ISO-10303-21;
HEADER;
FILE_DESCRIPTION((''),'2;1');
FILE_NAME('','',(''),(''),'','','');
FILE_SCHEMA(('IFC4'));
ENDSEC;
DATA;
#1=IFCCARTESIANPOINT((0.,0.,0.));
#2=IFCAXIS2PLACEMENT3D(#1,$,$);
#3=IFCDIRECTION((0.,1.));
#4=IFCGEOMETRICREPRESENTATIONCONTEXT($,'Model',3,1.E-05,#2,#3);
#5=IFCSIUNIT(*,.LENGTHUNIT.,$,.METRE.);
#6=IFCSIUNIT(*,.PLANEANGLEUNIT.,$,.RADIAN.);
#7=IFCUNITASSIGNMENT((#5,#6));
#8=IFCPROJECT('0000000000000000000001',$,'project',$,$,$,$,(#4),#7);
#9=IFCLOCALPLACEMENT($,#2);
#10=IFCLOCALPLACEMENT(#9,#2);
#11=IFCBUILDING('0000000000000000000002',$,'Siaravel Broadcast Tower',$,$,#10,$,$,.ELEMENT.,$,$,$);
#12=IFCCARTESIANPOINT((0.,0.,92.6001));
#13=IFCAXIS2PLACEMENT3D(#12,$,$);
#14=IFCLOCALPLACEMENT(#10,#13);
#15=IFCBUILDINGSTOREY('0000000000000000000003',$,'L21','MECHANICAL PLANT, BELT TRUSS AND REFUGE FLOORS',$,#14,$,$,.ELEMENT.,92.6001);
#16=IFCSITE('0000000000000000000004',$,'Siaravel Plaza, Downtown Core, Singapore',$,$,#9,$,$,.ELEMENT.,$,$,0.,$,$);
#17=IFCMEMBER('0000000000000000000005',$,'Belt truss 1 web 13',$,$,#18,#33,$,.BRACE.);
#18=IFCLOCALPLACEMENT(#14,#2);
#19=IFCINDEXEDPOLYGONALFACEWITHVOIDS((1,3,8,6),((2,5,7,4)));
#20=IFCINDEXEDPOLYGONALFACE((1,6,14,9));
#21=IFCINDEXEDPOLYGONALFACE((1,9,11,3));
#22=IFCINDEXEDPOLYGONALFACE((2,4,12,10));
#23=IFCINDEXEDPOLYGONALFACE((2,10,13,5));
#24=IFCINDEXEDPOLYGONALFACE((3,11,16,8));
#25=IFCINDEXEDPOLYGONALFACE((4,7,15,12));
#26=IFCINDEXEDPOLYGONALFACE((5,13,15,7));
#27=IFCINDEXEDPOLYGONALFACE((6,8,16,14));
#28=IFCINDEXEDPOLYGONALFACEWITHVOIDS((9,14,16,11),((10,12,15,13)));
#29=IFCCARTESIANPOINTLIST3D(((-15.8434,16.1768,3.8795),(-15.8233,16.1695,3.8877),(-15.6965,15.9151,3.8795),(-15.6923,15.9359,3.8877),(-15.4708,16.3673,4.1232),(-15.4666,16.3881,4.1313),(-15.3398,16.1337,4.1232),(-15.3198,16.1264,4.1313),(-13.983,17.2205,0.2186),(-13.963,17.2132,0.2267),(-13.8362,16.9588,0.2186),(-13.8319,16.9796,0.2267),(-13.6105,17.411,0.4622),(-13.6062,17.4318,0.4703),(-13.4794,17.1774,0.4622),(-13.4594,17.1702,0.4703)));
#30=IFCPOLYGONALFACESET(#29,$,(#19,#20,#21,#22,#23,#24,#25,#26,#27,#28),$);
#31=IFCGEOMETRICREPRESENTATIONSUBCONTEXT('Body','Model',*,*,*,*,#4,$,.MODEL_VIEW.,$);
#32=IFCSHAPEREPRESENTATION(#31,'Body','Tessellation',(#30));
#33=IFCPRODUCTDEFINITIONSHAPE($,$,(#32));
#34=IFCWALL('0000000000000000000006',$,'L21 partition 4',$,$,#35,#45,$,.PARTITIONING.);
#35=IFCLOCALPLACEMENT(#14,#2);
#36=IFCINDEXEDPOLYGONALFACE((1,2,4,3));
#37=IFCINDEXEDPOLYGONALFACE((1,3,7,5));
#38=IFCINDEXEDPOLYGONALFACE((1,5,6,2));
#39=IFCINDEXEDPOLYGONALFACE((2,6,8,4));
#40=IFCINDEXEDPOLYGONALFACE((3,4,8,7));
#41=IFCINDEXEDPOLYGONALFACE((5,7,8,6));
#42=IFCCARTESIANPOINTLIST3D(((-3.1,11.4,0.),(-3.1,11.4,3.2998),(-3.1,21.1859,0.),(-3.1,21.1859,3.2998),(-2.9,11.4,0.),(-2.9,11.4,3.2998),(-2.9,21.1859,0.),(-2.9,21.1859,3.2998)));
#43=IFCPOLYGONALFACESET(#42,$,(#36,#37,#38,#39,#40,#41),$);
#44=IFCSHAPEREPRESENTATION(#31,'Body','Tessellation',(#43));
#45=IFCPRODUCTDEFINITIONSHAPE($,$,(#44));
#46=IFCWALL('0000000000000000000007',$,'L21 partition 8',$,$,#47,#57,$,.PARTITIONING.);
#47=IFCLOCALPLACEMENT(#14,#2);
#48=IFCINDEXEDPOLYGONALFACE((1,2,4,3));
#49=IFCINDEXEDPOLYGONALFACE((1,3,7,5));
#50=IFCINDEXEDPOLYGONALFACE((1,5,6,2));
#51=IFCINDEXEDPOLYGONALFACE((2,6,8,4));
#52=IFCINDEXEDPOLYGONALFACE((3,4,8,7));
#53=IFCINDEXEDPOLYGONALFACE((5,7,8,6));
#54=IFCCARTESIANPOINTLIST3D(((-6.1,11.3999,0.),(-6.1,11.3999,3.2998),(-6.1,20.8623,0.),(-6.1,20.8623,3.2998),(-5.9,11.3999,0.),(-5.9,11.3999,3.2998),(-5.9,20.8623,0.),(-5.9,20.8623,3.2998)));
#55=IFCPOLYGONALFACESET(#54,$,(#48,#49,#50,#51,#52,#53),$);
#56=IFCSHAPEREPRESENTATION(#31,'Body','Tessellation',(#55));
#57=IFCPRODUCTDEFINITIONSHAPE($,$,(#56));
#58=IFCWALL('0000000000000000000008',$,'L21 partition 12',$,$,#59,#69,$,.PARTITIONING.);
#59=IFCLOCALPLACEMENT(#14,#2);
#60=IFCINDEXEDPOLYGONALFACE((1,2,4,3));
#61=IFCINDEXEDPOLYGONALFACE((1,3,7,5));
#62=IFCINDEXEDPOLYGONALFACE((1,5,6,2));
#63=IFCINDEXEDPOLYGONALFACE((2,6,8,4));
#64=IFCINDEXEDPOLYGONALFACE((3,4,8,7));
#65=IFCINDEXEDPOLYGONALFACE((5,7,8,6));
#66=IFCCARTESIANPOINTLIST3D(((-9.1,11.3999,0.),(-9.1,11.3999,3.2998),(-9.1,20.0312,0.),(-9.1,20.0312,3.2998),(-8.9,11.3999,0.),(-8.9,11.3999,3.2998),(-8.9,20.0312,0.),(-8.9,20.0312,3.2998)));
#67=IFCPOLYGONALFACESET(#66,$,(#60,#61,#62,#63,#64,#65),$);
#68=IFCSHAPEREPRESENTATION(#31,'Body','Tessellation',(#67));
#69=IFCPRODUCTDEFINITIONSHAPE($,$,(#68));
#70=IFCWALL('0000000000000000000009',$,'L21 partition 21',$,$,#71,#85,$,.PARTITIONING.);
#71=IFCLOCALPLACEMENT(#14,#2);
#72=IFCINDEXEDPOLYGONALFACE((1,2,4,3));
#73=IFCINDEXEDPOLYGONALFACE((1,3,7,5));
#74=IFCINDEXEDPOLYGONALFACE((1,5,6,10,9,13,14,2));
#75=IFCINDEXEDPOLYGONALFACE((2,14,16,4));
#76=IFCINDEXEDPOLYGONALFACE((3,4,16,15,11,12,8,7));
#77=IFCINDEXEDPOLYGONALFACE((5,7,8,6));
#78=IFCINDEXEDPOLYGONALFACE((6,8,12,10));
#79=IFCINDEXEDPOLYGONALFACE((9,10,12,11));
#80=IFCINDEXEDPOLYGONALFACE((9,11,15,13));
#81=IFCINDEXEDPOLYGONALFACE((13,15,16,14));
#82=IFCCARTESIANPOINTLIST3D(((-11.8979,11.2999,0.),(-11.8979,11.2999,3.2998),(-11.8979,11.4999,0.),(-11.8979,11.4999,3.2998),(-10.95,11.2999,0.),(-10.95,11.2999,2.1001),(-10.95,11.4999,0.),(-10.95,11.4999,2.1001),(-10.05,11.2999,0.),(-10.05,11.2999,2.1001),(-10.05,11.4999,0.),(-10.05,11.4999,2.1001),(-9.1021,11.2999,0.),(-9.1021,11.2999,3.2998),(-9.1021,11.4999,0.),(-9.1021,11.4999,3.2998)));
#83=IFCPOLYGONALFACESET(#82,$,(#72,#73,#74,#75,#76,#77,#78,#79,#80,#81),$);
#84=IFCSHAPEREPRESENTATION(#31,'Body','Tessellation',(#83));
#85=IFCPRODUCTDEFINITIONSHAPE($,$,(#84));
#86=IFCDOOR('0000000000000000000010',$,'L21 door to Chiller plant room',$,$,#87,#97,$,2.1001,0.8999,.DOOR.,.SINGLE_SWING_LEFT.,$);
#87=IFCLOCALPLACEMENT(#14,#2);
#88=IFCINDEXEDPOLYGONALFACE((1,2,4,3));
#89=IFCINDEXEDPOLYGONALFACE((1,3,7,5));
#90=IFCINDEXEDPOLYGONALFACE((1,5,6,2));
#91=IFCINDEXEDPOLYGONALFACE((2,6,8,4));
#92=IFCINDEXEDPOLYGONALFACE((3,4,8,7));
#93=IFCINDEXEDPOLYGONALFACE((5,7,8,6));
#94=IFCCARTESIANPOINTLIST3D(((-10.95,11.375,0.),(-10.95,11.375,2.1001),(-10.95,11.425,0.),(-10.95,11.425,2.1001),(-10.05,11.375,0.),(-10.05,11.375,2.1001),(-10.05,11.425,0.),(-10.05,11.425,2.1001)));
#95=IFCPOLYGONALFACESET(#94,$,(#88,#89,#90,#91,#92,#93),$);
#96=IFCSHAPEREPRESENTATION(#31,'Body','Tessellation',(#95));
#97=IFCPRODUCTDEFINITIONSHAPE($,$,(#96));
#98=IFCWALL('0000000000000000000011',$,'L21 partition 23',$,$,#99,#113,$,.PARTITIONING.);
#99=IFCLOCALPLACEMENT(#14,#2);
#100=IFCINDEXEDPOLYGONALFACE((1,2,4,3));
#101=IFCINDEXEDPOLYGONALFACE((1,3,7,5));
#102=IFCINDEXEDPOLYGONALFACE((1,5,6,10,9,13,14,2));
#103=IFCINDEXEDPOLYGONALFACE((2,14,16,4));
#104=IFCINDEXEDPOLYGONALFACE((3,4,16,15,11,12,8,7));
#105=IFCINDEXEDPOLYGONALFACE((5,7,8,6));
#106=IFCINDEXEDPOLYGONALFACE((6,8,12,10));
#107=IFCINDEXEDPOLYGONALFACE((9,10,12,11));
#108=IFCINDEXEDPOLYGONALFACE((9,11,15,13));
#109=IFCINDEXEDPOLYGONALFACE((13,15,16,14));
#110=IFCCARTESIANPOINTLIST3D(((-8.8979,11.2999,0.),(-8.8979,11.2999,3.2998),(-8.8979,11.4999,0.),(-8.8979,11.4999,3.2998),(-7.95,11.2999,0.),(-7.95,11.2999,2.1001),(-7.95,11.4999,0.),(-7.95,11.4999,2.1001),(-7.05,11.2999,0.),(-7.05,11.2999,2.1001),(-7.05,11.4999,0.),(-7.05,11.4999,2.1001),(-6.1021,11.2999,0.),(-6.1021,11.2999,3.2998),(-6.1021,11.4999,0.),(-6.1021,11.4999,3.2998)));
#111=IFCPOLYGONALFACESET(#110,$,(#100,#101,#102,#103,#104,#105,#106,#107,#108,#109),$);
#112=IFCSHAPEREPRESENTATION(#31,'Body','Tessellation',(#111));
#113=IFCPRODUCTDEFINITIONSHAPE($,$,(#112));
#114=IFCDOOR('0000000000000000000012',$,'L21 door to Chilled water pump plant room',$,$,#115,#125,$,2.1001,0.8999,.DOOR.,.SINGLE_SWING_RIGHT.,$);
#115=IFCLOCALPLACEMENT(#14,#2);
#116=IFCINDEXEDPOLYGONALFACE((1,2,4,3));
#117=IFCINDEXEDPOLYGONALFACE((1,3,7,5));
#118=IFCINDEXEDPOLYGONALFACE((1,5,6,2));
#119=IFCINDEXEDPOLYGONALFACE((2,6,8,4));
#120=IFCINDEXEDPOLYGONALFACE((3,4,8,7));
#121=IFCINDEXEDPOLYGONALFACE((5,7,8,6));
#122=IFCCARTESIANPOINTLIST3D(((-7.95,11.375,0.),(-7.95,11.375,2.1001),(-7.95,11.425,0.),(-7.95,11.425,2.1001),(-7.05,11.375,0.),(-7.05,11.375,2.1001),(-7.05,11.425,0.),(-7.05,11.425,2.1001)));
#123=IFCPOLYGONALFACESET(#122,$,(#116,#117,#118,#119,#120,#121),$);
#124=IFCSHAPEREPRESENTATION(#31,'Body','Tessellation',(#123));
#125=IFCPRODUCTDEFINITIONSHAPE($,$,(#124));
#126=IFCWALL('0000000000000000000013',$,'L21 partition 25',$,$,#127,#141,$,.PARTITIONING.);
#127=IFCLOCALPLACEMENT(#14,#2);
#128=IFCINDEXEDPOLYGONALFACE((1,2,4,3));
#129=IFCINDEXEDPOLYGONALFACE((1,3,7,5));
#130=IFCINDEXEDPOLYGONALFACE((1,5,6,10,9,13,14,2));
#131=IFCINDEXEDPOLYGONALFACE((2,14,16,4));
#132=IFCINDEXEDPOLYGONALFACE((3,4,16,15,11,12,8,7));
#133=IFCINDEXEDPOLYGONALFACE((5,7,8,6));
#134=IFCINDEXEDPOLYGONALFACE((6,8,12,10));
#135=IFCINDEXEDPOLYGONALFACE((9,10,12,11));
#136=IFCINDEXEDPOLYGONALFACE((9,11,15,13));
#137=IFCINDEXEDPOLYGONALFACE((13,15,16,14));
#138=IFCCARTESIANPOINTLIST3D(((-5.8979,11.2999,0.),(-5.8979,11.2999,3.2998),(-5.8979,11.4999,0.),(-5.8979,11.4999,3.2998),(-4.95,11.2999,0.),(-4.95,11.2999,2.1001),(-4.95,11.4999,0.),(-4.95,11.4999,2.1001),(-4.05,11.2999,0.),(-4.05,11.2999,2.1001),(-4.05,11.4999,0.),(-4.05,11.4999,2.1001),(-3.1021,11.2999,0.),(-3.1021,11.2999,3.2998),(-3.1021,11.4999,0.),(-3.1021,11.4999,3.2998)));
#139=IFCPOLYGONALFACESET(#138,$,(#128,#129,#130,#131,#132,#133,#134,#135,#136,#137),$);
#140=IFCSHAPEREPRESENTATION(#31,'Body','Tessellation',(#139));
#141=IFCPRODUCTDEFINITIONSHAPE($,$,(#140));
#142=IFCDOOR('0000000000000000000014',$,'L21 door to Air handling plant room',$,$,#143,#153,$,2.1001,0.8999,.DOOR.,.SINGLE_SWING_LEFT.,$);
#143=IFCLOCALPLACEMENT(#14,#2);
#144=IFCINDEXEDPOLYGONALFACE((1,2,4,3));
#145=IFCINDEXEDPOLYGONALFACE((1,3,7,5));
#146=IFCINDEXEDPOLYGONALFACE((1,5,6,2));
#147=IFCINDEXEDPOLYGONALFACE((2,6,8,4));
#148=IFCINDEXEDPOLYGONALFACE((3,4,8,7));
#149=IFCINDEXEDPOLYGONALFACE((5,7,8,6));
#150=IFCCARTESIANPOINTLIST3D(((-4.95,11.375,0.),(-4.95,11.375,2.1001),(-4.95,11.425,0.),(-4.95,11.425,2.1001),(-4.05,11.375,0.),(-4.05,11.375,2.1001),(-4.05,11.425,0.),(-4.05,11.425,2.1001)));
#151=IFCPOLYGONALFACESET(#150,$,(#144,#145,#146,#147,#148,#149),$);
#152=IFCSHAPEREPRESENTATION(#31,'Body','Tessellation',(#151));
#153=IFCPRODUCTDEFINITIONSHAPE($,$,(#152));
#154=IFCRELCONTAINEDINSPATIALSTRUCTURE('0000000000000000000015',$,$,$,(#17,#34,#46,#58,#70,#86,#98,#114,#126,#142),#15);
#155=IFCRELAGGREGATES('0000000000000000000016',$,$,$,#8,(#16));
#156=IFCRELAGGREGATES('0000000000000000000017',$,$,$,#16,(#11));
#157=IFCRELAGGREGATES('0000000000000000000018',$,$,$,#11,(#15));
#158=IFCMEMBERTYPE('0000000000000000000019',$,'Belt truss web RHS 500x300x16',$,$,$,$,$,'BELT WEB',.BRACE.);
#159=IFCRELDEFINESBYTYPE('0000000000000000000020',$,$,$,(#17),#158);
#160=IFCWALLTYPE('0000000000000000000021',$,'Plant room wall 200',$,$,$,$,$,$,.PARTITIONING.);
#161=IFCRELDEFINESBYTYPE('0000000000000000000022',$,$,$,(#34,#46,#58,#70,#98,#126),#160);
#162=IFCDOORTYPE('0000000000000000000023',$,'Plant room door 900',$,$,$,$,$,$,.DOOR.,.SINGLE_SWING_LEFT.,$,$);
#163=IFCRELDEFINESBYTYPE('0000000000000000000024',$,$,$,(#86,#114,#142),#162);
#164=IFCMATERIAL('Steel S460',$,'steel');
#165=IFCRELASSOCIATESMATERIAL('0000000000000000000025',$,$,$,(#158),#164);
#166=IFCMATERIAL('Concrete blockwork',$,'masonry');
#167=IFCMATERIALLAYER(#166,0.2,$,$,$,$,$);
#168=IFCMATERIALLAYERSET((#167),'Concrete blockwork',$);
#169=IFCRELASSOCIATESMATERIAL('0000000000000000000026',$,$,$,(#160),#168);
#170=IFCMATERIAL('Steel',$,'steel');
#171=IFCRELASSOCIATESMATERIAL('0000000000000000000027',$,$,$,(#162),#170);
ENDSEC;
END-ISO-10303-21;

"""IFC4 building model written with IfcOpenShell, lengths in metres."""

from ifc_helpers import new_model, si_unit, direction, frame, frame_2d, origin, origin_2d, place, context, subcontext, project, spatial, rectangle, hollow_rectangle, extrude, material, layer, layer_set, material_profile, profile_set, type_object, element, fill, save


model = new_model("IFC4")

# Units and contexts
model_context = context("Model", 3, precision=1e-05, world=origin(), true_north=direction((0.0, 1.0)))
body_context = subcontext(model_context, "Body", "Model", "MODEL_VIEW")
ifc_project = project(units=[si_unit("LENGTHUNIT", "METRE"), si_unit("PLANEANGLEUNIT", "RADIAN")], contexts=[model_context])

# Site, building, storey
site_placement = place(None, origin())
site = spatial("IfcSite", under=ifc_project, at=site_placement, Name="Siaravel Plaza, Downtown Core, Singapore", CompositionType="ELEMENT", RefElevation=0.0)
building_placement = place(site_placement, origin())
building = spatial("IfcBuilding", under=site, at=building_placement, Name="Siaravel Broadcast Tower", CompositionType="ELEMENT")
storey_placement = place(building_placement, frame((0.0, 0.0, 92.6001)))
storey = spatial("IfcBuildingStorey", under=building, at=storey_placement, Name="L21", Description="MECHANICAL PLANT, BELT TRUSS AND REFUGE FLOORS", CompositionType="ELEMENT", Elevation=92.6001)

# Shared definitions
ifc_material_1 = material(Name="Steel S460", Category="steel")

# Member
ifc_material_profile_1 = material_profile(ifc_material_1, hollow_rectangle(XDim=0.3, YDim=0.5, WallThickness=0.0161, at=origin_2d()))
ifc_profile_set_1 = profile_set([ifc_material_profile_1], Name="Steel S460")
member_type = type_object("IfcMemberType", Name="Belt truss web RHS 500x300x16", ElementType="BELT WEB", PredefinedType="BRACE", material=ifc_profile_set_1)
member_1_placement = place(storey_placement, frame((-13.7212, 17.1953, 0.3445), z_axis=(-0.439071, -0.246329, 0.864025), x_axis=(0.489283, -0.872125, 0.0)))
element("IfcMember", 1, at=member_1_placement, inside=storey, type_object=member_type, Name="Belt truss 1 web 13", PredefinedType="BRACE", context=body_context, shape_type="SweptSolid", body=[
    extrude(hollow_rectangle(XDim=0.3, YDim=0.5, WallThickness=0.0161, at=origin_2d()), origin(), (0.0, 0.0, 1.0), 4.2371),
])

# Walls
ifc_material_2 = material(Name="Concrete blockwork", Category="masonry")
ifc_layer = layer(ifc_material_2, 0.2)
ifc_layer_set = layer_set([ifc_layer], Name="Concrete blockwork")
wall_type = type_object("IfcWallType", Name="Plant room wall 200", PredefinedType="PARTITIONING", material=ifc_layer_set)
wall_1_placement = place(storey_placement, frame((-3.0, 11.3999, 0.0), z_axis=(0.0, 0.0, 1.0), x_axis=(0.0, 1.0, 0.0)))
element("IfcWall", 2, at=wall_1_placement, inside=storey, type_object=wall_type, Name="L21 partition 4", PredefinedType="PARTITIONING", context=body_context, shape_type="SweptSolid", body=[
    extrude(rectangle(XDim=9.7859, YDim=0.2, at=frame_2d((4.8931, 0.0))), origin(), (0.0, 0.0, 1.0), 3.2998),
])
wall_2_placement = place(storey_placement, frame((-6.0, 11.3999, 0.0), z_axis=(0.0, 0.0, 1.0), x_axis=(0.0, 1.0, 0.0)))
element("IfcWall", 3, at=wall_2_placement, inside=storey, type_object=wall_type, Name="L21 partition 8", PredefinedType="PARTITIONING", context=body_context, shape_type="SweptSolid", body=[
    extrude(rectangle(XDim=9.4624, YDim=0.2, at=frame_2d((4.7312, 0.0))), origin(), (0.0, 0.0, 1.0), 3.2998),
])
wall_3_placement = place(storey_placement, frame((-9.0, 11.3999, 0.0), z_axis=(0.0, 0.0, 1.0), x_axis=(0.0, 1.0, 0.0)))
element("IfcWall", 4, at=wall_3_placement, inside=storey, type_object=wall_type, Name="L21 partition 12", PredefinedType="PARTITIONING", context=body_context, shape_type="SweptSolid", body=[
    extrude(rectangle(XDim=8.6313, YDim=0.2, at=frame_2d((4.3157, 0.0))), origin(), (0.0, 0.0, 1.0), 3.2998),
])

# Walls, openings, doors
wall_4_placement = place(storey_placement, frame((-9.1021, 11.3999, 0.0), z_axis=(0.0, 0.0, 1.0), x_axis=(-1.0, 0.0, 0.0)))
wall_4 = element("IfcWall", 5, at=wall_4_placement, inside=storey, type_object=wall_type, Name="L21 partition 21", PredefinedType="PARTITIONING", context=body_context, shape_type="SweptSolid", body=[
    extrude(rectangle(XDim=2.7959, YDim=0.2, at=frame_2d((1.3979, 0.0))), origin(), (0.0, 0.0, 1.0), 3.2998),
])
opening_1_placement = place(wall_4_placement, frame((0.948, 0.0, 0.0)))
opening_1 = element("IfcOpeningElement", 6, at=opening_1_placement, cuts=wall_4, PredefinedType="OPENING", context=body_context, shape_type="SweptSolid", body=[
    extrude(rectangle(XDim=0.8999, YDim=2.1001, at=frame_2d((0.45, 1.05))), frame((0.0, 0.1099, 0.0), z_axis=(0.0, -1.0, 0.0), x_axis=(1.0, 0.0, 0.0)), (0.0, 0.0, 1.0), 0.22),
])
ifc_material_3 = material(Name="Steel", Category="steel")
door_type = type_object("IfcDoorType", Name="Plant room door 900", OperationType="SINGLE_SWING_LEFT", PredefinedType="DOOR", material=ifc_material_3)
door_1_placement = place(opening_1_placement, origin())
door_1 = element("IfcDoor", 7, at=door_1_placement, inside=storey, type_object=door_type, Name="L21 door to Chiller plant room", OperationType="SINGLE_SWING_LEFT", OverallHeight=2.1001, OverallWidth=0.8999, PredefinedType="DOOR", context=body_context, shape_type="SweptSolid", body=[
    extrude(rectangle(XDim=0.8999, YDim=2.1001, at=frame_2d((0.45, 1.05))), frame((0.0, 0.0249, 0.0), z_axis=(0.0, -1.0, 0.0), x_axis=(1.0, 0.0, 0.0)), (0.0, 0.0, 1.0), 0.05),
])
fill(opening_1, door_1)
wall_5_placement = place(storey_placement, frame((-6.1021, 11.3999, 0.0), z_axis=(0.0, 0.0, 1.0), x_axis=(-1.0, 0.0, 0.0)))
wall_5 = element("IfcWall", 8, at=wall_5_placement, inside=storey, type_object=wall_type, Name="L21 partition 23", PredefinedType="PARTITIONING", context=body_context, shape_type="SweptSolid", body=[
    extrude(rectangle(XDim=2.7959, YDim=0.2, at=frame_2d((1.3979, 0.0))), origin(), (0.0, 0.0, 1.0), 3.2998),
])
opening_2_placement = place(wall_5_placement, frame((0.948, 0.0, 0.0)))
opening_2 = element("IfcOpeningElement", 9, at=opening_2_placement, cuts=wall_5, PredefinedType="OPENING", context=body_context, shape_type="SweptSolid", body=[
    extrude(rectangle(XDim=0.8999, YDim=2.1001, at=frame_2d((0.45, 1.05))), frame((0.0, 0.1099, 0.0), z_axis=(0.0, -1.0, 0.0), x_axis=(1.0, 0.0, 0.0)), (0.0, 0.0, 1.0), 0.22),
])
door_2_placement = place(opening_2_placement, origin())
door_2 = element("IfcDoor", 10, at=door_2_placement, inside=storey, type_object=door_type, Name="L21 door to Chilled water pump plant room", OperationType="SINGLE_SWING_RIGHT", OverallHeight=2.1001, OverallWidth=0.8999, PredefinedType="DOOR", context=body_context, shape_type="SweptSolid", body=[
    extrude(rectangle(XDim=0.8999, YDim=2.1001, at=frame_2d((0.45, 1.05))), frame((0.0, 0.0249, 0.0), z_axis=(0.0, -1.0, 0.0), x_axis=(1.0, 0.0, 0.0)), (0.0, 0.0, 1.0), 0.05),
])
fill(opening_2, door_2)
wall_6_placement = place(storey_placement, frame((-3.1021, 11.3999, 0.0), z_axis=(0.0, 0.0, 1.0), x_axis=(-1.0, 0.0, 0.0)))
wall_6 = element("IfcWall", 11, at=wall_6_placement, inside=storey, type_object=wall_type, Name="L21 partition 25", PredefinedType="PARTITIONING", context=body_context, shape_type="SweptSolid", body=[
    extrude(rectangle(XDim=2.7959, YDim=0.2, at=frame_2d((1.3979, 0.0))), origin(), (0.0, 0.0, 1.0), 3.2998),
])
opening_3_placement = place(wall_6_placement, frame((0.948, 0.0, 0.0)))
opening_3 = element("IfcOpeningElement", 12, at=opening_3_placement, cuts=wall_6, PredefinedType="OPENING", context=body_context, shape_type="SweptSolid", body=[
    extrude(rectangle(XDim=0.8999, YDim=2.1001, at=frame_2d((0.45, 1.05))), frame((0.0, 0.1099, 0.0), z_axis=(0.0, -1.0, 0.0), x_axis=(1.0, 0.0, 0.0)), (0.0, 0.0, 1.0), 0.22),
])
door_3_placement = place(opening_3_placement, origin())
door_3 = element("IfcDoor", 13, at=door_3_placement, inside=storey, type_object=door_type, Name="L21 door to Air handling plant room", OperationType="SINGLE_SWING_LEFT", OverallHeight=2.1001, OverallWidth=0.8999, PredefinedType="DOOR", context=body_context, shape_type="SweptSolid", body=[
    extrude(rectangle(XDim=0.8999, YDim=2.1001, at=frame_2d((0.45, 1.05))), frame((0.0, 0.0249, 0.0), z_axis=(0.0, -1.0, 0.0), x_axis=(1.0, 0.0, 0.0)), (0.0, 0.0, 1.0), 0.05),
])
fill(opening_3, door_3)

save(model, "model.ifc")
